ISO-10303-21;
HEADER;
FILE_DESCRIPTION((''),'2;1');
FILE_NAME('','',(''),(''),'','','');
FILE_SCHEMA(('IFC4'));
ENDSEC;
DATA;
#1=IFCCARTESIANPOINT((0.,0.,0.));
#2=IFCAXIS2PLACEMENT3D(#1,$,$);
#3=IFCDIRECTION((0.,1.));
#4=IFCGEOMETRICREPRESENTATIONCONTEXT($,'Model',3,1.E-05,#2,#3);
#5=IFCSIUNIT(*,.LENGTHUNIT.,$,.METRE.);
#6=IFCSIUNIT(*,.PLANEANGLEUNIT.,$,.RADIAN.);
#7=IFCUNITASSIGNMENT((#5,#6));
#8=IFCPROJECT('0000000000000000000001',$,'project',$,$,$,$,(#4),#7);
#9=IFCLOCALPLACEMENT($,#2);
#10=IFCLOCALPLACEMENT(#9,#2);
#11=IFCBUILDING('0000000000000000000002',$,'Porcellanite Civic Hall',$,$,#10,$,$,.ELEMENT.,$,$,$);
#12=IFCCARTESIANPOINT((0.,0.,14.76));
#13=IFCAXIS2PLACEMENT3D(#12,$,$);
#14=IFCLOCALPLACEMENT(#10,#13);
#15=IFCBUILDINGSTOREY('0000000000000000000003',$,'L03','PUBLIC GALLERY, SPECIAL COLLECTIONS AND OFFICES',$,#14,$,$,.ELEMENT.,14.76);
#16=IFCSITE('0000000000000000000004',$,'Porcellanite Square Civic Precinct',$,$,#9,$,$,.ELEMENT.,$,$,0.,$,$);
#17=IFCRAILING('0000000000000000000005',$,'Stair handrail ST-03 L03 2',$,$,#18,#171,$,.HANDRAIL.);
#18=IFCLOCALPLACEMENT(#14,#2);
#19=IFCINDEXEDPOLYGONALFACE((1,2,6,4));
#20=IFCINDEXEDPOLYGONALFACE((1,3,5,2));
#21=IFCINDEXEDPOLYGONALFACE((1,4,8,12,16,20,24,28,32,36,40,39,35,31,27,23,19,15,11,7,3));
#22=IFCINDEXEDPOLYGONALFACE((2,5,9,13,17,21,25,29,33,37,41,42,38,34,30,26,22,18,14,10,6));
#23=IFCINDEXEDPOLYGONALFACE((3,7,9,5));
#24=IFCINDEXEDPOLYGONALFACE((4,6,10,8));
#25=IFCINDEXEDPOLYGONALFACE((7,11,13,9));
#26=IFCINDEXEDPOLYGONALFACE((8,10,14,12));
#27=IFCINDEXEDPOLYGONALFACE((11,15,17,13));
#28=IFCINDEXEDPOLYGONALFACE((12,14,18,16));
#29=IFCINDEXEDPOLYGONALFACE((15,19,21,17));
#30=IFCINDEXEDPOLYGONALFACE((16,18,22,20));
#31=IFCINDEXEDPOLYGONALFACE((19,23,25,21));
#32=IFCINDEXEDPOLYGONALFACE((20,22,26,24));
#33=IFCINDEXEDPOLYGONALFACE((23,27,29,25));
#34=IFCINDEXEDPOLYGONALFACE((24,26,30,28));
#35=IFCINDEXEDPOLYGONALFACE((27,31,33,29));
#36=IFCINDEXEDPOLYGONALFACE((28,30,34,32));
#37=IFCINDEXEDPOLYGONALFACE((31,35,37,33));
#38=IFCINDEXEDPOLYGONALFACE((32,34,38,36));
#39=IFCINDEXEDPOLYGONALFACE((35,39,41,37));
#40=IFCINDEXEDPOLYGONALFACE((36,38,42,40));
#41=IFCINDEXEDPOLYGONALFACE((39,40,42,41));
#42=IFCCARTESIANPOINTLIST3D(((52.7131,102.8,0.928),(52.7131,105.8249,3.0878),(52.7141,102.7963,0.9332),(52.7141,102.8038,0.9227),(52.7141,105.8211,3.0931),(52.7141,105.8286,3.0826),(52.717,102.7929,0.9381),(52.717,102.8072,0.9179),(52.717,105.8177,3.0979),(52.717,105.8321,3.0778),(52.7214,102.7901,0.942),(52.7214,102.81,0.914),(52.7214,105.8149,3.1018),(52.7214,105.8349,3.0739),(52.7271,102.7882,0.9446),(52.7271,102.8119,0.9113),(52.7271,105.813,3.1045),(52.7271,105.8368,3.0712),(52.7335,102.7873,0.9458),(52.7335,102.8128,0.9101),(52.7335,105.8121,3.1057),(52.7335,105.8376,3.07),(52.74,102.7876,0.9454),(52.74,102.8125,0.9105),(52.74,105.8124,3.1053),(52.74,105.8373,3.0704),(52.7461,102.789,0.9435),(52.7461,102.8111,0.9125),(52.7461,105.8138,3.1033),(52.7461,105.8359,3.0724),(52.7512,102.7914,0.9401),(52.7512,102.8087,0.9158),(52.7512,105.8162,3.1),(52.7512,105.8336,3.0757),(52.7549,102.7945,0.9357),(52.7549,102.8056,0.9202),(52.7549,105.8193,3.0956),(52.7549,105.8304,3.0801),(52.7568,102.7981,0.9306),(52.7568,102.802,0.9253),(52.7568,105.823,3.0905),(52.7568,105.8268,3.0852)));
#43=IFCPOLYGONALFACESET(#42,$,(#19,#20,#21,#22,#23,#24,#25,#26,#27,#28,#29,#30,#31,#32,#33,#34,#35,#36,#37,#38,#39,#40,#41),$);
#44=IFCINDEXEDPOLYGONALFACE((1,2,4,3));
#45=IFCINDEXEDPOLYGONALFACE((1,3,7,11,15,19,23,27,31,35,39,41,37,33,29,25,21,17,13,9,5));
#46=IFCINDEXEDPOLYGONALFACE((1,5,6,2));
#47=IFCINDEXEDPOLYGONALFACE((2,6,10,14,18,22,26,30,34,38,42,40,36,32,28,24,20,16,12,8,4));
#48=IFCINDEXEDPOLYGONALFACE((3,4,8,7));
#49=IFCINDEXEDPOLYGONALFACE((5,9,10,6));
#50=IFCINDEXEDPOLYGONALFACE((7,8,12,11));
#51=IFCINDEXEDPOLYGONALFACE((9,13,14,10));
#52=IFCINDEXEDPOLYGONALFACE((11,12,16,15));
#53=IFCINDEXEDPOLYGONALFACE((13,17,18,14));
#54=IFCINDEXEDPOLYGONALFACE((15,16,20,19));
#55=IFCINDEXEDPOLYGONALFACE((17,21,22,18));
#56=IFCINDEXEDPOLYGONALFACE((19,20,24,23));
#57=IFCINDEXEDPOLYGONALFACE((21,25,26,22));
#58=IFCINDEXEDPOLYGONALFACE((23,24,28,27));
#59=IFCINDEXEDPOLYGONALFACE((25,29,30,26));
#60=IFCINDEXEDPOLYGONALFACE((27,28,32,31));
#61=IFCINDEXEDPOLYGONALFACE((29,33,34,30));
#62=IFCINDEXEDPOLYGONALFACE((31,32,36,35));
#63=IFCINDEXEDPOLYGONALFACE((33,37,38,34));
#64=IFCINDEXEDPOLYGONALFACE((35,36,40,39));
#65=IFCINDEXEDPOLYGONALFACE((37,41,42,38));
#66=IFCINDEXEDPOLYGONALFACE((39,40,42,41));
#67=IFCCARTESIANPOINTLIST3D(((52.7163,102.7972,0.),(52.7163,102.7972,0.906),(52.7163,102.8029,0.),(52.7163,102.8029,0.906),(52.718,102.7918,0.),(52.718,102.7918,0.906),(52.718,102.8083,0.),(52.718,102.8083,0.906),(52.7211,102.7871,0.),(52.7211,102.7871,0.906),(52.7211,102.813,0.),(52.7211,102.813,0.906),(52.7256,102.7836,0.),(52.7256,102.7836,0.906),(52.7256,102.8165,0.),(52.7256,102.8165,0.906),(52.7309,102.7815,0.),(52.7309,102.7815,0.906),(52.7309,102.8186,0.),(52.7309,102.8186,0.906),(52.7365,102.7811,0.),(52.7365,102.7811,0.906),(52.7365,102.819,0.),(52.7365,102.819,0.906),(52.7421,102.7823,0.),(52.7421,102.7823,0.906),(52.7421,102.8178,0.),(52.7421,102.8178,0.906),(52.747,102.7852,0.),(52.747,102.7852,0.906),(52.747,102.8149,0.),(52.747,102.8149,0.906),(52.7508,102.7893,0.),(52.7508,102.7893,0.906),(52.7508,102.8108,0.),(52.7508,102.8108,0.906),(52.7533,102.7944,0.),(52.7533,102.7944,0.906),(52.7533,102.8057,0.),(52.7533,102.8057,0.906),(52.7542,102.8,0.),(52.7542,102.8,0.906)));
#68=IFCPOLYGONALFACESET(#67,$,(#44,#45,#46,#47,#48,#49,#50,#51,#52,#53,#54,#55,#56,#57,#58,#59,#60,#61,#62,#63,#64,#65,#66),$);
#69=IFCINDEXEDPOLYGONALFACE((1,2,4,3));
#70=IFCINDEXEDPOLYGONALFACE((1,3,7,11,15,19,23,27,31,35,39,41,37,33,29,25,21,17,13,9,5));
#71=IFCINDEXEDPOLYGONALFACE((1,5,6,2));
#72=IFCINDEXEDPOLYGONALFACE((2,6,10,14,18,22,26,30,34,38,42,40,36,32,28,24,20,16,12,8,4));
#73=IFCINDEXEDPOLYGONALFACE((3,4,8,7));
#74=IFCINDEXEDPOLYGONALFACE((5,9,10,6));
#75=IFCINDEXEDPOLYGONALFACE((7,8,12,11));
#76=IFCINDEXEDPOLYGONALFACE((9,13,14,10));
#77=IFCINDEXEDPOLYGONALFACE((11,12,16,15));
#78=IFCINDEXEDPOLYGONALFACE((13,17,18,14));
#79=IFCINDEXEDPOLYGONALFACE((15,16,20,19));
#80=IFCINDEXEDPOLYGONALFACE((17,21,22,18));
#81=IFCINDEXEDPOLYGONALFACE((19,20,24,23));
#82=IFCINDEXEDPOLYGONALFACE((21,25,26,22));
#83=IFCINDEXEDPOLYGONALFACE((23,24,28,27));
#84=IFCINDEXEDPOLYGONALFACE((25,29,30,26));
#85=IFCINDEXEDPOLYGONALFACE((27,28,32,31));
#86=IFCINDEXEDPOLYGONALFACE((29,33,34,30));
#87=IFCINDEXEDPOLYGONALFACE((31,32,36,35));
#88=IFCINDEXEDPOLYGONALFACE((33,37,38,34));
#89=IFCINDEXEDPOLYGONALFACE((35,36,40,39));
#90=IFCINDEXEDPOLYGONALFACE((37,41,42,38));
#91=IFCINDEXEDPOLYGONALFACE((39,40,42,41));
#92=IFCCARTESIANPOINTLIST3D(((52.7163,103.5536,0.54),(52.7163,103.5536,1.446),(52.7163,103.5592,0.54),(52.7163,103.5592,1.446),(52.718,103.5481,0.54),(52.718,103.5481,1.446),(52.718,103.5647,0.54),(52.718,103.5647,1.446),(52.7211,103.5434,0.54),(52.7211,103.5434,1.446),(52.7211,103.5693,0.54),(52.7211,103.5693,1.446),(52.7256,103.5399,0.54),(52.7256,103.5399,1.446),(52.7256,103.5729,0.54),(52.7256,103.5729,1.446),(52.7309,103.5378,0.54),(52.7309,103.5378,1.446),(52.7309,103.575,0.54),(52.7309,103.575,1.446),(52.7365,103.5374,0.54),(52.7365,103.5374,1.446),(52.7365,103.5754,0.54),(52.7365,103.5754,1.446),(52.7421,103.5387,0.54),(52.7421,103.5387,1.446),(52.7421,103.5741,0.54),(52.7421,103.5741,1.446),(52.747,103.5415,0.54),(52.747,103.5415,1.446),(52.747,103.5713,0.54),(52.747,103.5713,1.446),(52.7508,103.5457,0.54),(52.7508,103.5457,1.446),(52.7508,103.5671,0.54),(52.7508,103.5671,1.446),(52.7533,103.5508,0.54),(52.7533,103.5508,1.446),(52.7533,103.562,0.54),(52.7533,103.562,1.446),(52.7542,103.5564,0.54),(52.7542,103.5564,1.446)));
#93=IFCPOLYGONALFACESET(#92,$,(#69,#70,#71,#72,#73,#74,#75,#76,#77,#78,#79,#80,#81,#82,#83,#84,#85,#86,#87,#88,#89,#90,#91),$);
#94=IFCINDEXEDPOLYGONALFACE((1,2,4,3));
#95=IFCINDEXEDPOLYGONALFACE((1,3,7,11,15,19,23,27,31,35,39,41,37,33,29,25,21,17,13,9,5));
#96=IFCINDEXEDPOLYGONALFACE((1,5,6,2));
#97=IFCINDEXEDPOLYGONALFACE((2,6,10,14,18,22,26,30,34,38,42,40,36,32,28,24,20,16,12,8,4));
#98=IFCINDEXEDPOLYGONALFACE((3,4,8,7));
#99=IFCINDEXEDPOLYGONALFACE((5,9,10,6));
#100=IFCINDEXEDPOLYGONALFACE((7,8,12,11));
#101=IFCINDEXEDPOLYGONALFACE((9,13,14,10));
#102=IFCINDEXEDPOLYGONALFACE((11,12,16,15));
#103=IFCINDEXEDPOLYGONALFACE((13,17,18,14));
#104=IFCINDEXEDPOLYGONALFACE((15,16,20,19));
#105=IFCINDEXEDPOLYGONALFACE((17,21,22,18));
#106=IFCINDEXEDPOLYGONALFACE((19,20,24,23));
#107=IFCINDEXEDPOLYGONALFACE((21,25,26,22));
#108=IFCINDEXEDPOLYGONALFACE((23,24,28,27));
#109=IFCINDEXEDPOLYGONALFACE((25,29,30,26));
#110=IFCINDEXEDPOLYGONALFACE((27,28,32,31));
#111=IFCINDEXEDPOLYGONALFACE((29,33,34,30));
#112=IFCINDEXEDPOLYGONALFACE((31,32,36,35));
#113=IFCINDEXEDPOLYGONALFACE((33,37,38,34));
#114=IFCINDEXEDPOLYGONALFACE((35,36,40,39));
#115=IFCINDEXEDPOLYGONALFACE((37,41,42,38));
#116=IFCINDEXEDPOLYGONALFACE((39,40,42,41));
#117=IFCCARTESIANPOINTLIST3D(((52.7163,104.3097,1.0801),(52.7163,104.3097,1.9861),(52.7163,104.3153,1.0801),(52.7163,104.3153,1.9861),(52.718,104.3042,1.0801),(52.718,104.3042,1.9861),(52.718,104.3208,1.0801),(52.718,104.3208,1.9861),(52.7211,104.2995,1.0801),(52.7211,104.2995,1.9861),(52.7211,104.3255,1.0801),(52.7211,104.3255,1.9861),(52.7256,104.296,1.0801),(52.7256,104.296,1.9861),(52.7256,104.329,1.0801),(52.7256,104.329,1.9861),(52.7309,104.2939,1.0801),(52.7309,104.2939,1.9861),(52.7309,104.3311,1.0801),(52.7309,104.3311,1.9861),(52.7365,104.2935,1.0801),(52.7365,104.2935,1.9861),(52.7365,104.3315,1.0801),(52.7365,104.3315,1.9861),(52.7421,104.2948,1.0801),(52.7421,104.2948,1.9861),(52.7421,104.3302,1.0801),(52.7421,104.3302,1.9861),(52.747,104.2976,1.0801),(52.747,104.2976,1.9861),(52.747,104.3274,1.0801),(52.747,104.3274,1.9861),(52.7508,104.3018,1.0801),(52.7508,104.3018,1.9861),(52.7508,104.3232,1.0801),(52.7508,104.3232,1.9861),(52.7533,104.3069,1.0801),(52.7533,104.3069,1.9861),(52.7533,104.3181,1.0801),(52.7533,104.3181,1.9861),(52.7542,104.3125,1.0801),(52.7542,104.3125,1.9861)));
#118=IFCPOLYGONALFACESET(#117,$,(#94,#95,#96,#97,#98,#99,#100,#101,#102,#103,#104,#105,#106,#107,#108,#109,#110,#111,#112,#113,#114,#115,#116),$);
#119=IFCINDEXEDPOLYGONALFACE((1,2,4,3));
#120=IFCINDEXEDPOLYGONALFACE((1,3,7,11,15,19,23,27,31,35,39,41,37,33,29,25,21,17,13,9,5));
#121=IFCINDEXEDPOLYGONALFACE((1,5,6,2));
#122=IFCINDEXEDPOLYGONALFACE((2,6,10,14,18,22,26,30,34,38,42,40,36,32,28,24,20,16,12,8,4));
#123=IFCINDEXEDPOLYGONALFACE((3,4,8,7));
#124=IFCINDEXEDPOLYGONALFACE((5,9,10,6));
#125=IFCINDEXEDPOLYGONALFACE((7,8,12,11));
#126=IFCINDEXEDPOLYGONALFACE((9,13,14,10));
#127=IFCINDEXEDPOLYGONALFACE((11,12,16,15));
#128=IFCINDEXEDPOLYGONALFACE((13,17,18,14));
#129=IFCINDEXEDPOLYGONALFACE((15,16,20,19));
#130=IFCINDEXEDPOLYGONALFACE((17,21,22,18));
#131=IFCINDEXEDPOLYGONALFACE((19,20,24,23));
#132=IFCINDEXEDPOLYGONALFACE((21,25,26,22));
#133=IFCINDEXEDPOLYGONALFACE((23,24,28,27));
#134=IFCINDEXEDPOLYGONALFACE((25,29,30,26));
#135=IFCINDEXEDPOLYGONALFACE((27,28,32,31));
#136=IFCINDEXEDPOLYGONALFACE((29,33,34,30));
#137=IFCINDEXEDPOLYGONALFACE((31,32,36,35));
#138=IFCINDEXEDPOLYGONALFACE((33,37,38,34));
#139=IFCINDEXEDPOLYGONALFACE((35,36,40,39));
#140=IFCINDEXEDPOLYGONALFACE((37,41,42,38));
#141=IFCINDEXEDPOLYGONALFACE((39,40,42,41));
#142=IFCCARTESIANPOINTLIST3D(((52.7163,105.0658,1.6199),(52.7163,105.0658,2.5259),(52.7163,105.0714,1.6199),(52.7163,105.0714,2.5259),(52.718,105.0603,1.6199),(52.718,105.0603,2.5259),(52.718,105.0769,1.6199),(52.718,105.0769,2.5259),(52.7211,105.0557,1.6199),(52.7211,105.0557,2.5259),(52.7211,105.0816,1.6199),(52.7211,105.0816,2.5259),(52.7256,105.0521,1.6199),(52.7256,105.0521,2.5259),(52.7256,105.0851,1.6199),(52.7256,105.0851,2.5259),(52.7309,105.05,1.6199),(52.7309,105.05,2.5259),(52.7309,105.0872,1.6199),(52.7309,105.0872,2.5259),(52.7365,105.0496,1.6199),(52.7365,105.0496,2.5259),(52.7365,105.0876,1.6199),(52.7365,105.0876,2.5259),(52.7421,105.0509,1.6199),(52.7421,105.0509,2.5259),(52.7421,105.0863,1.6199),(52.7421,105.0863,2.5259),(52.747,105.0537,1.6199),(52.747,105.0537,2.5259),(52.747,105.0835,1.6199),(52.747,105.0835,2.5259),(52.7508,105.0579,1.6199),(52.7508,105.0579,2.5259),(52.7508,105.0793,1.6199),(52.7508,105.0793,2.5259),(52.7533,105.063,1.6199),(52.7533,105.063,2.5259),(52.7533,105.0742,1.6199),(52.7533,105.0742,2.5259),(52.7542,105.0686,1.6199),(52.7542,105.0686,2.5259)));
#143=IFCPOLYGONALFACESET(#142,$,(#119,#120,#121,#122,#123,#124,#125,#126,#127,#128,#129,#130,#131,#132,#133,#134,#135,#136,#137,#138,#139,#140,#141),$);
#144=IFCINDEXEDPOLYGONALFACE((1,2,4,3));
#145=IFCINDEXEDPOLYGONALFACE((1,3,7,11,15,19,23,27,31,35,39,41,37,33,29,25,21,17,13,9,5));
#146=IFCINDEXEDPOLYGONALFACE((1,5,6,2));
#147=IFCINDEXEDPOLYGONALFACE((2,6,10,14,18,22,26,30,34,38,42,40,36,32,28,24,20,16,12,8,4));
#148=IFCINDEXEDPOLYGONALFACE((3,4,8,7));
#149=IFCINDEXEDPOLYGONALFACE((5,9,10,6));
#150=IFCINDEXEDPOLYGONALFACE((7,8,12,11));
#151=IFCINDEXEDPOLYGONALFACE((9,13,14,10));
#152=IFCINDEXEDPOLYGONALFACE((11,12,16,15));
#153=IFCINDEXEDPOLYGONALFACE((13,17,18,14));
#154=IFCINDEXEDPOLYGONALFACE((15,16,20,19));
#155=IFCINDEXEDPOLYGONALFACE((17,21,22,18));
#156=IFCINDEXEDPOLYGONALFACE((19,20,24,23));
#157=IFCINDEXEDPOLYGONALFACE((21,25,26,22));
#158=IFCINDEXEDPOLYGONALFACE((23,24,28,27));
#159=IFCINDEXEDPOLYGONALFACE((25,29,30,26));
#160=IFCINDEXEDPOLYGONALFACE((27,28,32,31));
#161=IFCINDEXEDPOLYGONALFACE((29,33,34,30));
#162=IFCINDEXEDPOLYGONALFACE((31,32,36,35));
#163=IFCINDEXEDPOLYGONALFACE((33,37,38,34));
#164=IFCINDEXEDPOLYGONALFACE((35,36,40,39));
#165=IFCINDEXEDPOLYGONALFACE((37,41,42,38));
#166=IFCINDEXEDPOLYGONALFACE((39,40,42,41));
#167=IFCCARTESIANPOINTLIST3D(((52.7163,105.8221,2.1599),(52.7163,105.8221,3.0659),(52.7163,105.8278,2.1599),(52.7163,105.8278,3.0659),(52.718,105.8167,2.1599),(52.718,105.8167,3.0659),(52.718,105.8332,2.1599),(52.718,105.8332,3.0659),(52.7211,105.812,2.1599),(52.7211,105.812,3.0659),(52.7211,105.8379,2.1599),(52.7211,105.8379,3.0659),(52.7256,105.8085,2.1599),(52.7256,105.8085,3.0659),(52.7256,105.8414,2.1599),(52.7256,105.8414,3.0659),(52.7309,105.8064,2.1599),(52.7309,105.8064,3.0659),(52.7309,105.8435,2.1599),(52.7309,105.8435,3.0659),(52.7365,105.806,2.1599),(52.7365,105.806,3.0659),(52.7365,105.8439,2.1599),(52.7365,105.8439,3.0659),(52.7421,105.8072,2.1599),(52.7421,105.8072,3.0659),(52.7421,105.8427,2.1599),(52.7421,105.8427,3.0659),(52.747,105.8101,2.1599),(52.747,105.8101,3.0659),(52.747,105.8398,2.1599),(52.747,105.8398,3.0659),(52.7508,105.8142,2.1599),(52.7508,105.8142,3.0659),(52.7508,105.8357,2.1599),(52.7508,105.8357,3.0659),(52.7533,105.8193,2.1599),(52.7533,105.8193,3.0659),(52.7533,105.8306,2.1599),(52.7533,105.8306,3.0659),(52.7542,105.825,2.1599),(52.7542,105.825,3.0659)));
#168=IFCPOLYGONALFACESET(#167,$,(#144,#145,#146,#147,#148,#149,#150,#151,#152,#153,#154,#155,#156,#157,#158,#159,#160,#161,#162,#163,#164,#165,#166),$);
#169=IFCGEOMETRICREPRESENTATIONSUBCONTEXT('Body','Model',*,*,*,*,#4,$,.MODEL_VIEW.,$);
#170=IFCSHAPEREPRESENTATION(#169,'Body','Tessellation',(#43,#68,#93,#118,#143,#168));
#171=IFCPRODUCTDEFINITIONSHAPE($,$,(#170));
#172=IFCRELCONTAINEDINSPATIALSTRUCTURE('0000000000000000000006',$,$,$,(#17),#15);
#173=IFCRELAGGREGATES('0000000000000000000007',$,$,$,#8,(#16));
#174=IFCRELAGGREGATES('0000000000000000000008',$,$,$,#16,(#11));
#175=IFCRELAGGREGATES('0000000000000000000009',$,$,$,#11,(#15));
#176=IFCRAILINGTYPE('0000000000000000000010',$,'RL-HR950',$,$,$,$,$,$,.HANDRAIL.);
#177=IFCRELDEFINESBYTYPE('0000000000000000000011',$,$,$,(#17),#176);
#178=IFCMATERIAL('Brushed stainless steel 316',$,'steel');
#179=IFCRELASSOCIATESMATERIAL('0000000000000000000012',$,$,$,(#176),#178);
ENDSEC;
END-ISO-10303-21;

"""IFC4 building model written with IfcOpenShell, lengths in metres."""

from ifc_helpers import new_model, si_unit, direction, frame, origin, origin_2d, place, context, subcontext, project, spatial, circle, extrude, material, type_object, element, save


model = new_model("IFC4")

# Units and contexts
model_context = context("Model", 3, precision=1e-05, world=origin(), true_north=direction((0.0, 1.0)))
body_context = subcontext(model_context, "Body", "Model", "MODEL_VIEW")
ifc_project = project(units=[si_unit("LENGTHUNIT", "METRE"), si_unit("PLANEANGLEUNIT", "RADIAN")], contexts=[model_context])

# Site, building, storey
site_placement = place(None, origin())
site = spatial("IfcSite", under=ifc_project, at=site_placement, Name="Porcellanite Square Civic Precinct", CompositionType="ELEMENT", RefElevation=0.0)
building_placement = place(site_placement, origin())
building = spatial("IfcBuilding", under=site, at=building_placement, Name="Porcellanite Civic Hall", CompositionType="ELEMENT")
storey_placement = place(building_placement, frame((0.0, 0.0, 14.76)))
storey = spatial("IfcBuildingStorey", under=building, at=storey_placement, Name="L03", Description="PUBLIC GALLERY, SPECIAL COLLECTIONS AND OFFICES", CompositionType="ELEMENT", Elevation=14.76)

# Railing
ifc_material_1 = material(Name="Brushed stainless steel 316", Category="steel")
railing_type_1 = type_object("IfcRailingType", Name="RL-HR950", PredefinedType="HANDRAIL", material=ifc_material_1)
railing_1_placement = place(storey_placement, frame((52.7351, 102.8, 0.0)))
element("IfcRailing", 1, at=railing_1_placement, inside=storey, type_object=railing_type_1, Name="Stair handrail ST-03 L03 2", PredefinedType="HANDRAIL", context=body_context, shape_type="SweptSolid", body=[
    extrude(circle(Radius=0.022, at=origin_2d()), frame((0.0, 0.0, 0.928), z_axis=(0.0, 0.813827, 0.581108), x_axis=(-1.0, 0.0, 0.0)), (0.0, 0.0, 1.0), 3.7168),
    extrude(circle(Radius=0.019, at=origin_2d()), origin(), (0.0, 0.0, 1.0), 0.906),
    extrude(circle(Radius=0.019, at=origin_2d()), frame((0.0, 0.7563, 0.54)), (0.0, 0.0, 1.0), 0.906),
    extrude(circle(Radius=0.019, at=origin_2d()), frame((0.0, 1.5125, 1.0801)), (0.0, 0.0, 1.0), 0.906),
    extrude(circle(Radius=0.019, at=origin_2d()), frame((0.0, 2.2686, 1.6199)), (0.0, 0.0, 1.0), 0.906),
    extrude(circle(Radius=0.019, at=origin_2d()), frame((0.0, 3.0249, 2.1599)), (0.0, 0.0, 1.0), 0.906),
])

save(model, "model.ifc")
